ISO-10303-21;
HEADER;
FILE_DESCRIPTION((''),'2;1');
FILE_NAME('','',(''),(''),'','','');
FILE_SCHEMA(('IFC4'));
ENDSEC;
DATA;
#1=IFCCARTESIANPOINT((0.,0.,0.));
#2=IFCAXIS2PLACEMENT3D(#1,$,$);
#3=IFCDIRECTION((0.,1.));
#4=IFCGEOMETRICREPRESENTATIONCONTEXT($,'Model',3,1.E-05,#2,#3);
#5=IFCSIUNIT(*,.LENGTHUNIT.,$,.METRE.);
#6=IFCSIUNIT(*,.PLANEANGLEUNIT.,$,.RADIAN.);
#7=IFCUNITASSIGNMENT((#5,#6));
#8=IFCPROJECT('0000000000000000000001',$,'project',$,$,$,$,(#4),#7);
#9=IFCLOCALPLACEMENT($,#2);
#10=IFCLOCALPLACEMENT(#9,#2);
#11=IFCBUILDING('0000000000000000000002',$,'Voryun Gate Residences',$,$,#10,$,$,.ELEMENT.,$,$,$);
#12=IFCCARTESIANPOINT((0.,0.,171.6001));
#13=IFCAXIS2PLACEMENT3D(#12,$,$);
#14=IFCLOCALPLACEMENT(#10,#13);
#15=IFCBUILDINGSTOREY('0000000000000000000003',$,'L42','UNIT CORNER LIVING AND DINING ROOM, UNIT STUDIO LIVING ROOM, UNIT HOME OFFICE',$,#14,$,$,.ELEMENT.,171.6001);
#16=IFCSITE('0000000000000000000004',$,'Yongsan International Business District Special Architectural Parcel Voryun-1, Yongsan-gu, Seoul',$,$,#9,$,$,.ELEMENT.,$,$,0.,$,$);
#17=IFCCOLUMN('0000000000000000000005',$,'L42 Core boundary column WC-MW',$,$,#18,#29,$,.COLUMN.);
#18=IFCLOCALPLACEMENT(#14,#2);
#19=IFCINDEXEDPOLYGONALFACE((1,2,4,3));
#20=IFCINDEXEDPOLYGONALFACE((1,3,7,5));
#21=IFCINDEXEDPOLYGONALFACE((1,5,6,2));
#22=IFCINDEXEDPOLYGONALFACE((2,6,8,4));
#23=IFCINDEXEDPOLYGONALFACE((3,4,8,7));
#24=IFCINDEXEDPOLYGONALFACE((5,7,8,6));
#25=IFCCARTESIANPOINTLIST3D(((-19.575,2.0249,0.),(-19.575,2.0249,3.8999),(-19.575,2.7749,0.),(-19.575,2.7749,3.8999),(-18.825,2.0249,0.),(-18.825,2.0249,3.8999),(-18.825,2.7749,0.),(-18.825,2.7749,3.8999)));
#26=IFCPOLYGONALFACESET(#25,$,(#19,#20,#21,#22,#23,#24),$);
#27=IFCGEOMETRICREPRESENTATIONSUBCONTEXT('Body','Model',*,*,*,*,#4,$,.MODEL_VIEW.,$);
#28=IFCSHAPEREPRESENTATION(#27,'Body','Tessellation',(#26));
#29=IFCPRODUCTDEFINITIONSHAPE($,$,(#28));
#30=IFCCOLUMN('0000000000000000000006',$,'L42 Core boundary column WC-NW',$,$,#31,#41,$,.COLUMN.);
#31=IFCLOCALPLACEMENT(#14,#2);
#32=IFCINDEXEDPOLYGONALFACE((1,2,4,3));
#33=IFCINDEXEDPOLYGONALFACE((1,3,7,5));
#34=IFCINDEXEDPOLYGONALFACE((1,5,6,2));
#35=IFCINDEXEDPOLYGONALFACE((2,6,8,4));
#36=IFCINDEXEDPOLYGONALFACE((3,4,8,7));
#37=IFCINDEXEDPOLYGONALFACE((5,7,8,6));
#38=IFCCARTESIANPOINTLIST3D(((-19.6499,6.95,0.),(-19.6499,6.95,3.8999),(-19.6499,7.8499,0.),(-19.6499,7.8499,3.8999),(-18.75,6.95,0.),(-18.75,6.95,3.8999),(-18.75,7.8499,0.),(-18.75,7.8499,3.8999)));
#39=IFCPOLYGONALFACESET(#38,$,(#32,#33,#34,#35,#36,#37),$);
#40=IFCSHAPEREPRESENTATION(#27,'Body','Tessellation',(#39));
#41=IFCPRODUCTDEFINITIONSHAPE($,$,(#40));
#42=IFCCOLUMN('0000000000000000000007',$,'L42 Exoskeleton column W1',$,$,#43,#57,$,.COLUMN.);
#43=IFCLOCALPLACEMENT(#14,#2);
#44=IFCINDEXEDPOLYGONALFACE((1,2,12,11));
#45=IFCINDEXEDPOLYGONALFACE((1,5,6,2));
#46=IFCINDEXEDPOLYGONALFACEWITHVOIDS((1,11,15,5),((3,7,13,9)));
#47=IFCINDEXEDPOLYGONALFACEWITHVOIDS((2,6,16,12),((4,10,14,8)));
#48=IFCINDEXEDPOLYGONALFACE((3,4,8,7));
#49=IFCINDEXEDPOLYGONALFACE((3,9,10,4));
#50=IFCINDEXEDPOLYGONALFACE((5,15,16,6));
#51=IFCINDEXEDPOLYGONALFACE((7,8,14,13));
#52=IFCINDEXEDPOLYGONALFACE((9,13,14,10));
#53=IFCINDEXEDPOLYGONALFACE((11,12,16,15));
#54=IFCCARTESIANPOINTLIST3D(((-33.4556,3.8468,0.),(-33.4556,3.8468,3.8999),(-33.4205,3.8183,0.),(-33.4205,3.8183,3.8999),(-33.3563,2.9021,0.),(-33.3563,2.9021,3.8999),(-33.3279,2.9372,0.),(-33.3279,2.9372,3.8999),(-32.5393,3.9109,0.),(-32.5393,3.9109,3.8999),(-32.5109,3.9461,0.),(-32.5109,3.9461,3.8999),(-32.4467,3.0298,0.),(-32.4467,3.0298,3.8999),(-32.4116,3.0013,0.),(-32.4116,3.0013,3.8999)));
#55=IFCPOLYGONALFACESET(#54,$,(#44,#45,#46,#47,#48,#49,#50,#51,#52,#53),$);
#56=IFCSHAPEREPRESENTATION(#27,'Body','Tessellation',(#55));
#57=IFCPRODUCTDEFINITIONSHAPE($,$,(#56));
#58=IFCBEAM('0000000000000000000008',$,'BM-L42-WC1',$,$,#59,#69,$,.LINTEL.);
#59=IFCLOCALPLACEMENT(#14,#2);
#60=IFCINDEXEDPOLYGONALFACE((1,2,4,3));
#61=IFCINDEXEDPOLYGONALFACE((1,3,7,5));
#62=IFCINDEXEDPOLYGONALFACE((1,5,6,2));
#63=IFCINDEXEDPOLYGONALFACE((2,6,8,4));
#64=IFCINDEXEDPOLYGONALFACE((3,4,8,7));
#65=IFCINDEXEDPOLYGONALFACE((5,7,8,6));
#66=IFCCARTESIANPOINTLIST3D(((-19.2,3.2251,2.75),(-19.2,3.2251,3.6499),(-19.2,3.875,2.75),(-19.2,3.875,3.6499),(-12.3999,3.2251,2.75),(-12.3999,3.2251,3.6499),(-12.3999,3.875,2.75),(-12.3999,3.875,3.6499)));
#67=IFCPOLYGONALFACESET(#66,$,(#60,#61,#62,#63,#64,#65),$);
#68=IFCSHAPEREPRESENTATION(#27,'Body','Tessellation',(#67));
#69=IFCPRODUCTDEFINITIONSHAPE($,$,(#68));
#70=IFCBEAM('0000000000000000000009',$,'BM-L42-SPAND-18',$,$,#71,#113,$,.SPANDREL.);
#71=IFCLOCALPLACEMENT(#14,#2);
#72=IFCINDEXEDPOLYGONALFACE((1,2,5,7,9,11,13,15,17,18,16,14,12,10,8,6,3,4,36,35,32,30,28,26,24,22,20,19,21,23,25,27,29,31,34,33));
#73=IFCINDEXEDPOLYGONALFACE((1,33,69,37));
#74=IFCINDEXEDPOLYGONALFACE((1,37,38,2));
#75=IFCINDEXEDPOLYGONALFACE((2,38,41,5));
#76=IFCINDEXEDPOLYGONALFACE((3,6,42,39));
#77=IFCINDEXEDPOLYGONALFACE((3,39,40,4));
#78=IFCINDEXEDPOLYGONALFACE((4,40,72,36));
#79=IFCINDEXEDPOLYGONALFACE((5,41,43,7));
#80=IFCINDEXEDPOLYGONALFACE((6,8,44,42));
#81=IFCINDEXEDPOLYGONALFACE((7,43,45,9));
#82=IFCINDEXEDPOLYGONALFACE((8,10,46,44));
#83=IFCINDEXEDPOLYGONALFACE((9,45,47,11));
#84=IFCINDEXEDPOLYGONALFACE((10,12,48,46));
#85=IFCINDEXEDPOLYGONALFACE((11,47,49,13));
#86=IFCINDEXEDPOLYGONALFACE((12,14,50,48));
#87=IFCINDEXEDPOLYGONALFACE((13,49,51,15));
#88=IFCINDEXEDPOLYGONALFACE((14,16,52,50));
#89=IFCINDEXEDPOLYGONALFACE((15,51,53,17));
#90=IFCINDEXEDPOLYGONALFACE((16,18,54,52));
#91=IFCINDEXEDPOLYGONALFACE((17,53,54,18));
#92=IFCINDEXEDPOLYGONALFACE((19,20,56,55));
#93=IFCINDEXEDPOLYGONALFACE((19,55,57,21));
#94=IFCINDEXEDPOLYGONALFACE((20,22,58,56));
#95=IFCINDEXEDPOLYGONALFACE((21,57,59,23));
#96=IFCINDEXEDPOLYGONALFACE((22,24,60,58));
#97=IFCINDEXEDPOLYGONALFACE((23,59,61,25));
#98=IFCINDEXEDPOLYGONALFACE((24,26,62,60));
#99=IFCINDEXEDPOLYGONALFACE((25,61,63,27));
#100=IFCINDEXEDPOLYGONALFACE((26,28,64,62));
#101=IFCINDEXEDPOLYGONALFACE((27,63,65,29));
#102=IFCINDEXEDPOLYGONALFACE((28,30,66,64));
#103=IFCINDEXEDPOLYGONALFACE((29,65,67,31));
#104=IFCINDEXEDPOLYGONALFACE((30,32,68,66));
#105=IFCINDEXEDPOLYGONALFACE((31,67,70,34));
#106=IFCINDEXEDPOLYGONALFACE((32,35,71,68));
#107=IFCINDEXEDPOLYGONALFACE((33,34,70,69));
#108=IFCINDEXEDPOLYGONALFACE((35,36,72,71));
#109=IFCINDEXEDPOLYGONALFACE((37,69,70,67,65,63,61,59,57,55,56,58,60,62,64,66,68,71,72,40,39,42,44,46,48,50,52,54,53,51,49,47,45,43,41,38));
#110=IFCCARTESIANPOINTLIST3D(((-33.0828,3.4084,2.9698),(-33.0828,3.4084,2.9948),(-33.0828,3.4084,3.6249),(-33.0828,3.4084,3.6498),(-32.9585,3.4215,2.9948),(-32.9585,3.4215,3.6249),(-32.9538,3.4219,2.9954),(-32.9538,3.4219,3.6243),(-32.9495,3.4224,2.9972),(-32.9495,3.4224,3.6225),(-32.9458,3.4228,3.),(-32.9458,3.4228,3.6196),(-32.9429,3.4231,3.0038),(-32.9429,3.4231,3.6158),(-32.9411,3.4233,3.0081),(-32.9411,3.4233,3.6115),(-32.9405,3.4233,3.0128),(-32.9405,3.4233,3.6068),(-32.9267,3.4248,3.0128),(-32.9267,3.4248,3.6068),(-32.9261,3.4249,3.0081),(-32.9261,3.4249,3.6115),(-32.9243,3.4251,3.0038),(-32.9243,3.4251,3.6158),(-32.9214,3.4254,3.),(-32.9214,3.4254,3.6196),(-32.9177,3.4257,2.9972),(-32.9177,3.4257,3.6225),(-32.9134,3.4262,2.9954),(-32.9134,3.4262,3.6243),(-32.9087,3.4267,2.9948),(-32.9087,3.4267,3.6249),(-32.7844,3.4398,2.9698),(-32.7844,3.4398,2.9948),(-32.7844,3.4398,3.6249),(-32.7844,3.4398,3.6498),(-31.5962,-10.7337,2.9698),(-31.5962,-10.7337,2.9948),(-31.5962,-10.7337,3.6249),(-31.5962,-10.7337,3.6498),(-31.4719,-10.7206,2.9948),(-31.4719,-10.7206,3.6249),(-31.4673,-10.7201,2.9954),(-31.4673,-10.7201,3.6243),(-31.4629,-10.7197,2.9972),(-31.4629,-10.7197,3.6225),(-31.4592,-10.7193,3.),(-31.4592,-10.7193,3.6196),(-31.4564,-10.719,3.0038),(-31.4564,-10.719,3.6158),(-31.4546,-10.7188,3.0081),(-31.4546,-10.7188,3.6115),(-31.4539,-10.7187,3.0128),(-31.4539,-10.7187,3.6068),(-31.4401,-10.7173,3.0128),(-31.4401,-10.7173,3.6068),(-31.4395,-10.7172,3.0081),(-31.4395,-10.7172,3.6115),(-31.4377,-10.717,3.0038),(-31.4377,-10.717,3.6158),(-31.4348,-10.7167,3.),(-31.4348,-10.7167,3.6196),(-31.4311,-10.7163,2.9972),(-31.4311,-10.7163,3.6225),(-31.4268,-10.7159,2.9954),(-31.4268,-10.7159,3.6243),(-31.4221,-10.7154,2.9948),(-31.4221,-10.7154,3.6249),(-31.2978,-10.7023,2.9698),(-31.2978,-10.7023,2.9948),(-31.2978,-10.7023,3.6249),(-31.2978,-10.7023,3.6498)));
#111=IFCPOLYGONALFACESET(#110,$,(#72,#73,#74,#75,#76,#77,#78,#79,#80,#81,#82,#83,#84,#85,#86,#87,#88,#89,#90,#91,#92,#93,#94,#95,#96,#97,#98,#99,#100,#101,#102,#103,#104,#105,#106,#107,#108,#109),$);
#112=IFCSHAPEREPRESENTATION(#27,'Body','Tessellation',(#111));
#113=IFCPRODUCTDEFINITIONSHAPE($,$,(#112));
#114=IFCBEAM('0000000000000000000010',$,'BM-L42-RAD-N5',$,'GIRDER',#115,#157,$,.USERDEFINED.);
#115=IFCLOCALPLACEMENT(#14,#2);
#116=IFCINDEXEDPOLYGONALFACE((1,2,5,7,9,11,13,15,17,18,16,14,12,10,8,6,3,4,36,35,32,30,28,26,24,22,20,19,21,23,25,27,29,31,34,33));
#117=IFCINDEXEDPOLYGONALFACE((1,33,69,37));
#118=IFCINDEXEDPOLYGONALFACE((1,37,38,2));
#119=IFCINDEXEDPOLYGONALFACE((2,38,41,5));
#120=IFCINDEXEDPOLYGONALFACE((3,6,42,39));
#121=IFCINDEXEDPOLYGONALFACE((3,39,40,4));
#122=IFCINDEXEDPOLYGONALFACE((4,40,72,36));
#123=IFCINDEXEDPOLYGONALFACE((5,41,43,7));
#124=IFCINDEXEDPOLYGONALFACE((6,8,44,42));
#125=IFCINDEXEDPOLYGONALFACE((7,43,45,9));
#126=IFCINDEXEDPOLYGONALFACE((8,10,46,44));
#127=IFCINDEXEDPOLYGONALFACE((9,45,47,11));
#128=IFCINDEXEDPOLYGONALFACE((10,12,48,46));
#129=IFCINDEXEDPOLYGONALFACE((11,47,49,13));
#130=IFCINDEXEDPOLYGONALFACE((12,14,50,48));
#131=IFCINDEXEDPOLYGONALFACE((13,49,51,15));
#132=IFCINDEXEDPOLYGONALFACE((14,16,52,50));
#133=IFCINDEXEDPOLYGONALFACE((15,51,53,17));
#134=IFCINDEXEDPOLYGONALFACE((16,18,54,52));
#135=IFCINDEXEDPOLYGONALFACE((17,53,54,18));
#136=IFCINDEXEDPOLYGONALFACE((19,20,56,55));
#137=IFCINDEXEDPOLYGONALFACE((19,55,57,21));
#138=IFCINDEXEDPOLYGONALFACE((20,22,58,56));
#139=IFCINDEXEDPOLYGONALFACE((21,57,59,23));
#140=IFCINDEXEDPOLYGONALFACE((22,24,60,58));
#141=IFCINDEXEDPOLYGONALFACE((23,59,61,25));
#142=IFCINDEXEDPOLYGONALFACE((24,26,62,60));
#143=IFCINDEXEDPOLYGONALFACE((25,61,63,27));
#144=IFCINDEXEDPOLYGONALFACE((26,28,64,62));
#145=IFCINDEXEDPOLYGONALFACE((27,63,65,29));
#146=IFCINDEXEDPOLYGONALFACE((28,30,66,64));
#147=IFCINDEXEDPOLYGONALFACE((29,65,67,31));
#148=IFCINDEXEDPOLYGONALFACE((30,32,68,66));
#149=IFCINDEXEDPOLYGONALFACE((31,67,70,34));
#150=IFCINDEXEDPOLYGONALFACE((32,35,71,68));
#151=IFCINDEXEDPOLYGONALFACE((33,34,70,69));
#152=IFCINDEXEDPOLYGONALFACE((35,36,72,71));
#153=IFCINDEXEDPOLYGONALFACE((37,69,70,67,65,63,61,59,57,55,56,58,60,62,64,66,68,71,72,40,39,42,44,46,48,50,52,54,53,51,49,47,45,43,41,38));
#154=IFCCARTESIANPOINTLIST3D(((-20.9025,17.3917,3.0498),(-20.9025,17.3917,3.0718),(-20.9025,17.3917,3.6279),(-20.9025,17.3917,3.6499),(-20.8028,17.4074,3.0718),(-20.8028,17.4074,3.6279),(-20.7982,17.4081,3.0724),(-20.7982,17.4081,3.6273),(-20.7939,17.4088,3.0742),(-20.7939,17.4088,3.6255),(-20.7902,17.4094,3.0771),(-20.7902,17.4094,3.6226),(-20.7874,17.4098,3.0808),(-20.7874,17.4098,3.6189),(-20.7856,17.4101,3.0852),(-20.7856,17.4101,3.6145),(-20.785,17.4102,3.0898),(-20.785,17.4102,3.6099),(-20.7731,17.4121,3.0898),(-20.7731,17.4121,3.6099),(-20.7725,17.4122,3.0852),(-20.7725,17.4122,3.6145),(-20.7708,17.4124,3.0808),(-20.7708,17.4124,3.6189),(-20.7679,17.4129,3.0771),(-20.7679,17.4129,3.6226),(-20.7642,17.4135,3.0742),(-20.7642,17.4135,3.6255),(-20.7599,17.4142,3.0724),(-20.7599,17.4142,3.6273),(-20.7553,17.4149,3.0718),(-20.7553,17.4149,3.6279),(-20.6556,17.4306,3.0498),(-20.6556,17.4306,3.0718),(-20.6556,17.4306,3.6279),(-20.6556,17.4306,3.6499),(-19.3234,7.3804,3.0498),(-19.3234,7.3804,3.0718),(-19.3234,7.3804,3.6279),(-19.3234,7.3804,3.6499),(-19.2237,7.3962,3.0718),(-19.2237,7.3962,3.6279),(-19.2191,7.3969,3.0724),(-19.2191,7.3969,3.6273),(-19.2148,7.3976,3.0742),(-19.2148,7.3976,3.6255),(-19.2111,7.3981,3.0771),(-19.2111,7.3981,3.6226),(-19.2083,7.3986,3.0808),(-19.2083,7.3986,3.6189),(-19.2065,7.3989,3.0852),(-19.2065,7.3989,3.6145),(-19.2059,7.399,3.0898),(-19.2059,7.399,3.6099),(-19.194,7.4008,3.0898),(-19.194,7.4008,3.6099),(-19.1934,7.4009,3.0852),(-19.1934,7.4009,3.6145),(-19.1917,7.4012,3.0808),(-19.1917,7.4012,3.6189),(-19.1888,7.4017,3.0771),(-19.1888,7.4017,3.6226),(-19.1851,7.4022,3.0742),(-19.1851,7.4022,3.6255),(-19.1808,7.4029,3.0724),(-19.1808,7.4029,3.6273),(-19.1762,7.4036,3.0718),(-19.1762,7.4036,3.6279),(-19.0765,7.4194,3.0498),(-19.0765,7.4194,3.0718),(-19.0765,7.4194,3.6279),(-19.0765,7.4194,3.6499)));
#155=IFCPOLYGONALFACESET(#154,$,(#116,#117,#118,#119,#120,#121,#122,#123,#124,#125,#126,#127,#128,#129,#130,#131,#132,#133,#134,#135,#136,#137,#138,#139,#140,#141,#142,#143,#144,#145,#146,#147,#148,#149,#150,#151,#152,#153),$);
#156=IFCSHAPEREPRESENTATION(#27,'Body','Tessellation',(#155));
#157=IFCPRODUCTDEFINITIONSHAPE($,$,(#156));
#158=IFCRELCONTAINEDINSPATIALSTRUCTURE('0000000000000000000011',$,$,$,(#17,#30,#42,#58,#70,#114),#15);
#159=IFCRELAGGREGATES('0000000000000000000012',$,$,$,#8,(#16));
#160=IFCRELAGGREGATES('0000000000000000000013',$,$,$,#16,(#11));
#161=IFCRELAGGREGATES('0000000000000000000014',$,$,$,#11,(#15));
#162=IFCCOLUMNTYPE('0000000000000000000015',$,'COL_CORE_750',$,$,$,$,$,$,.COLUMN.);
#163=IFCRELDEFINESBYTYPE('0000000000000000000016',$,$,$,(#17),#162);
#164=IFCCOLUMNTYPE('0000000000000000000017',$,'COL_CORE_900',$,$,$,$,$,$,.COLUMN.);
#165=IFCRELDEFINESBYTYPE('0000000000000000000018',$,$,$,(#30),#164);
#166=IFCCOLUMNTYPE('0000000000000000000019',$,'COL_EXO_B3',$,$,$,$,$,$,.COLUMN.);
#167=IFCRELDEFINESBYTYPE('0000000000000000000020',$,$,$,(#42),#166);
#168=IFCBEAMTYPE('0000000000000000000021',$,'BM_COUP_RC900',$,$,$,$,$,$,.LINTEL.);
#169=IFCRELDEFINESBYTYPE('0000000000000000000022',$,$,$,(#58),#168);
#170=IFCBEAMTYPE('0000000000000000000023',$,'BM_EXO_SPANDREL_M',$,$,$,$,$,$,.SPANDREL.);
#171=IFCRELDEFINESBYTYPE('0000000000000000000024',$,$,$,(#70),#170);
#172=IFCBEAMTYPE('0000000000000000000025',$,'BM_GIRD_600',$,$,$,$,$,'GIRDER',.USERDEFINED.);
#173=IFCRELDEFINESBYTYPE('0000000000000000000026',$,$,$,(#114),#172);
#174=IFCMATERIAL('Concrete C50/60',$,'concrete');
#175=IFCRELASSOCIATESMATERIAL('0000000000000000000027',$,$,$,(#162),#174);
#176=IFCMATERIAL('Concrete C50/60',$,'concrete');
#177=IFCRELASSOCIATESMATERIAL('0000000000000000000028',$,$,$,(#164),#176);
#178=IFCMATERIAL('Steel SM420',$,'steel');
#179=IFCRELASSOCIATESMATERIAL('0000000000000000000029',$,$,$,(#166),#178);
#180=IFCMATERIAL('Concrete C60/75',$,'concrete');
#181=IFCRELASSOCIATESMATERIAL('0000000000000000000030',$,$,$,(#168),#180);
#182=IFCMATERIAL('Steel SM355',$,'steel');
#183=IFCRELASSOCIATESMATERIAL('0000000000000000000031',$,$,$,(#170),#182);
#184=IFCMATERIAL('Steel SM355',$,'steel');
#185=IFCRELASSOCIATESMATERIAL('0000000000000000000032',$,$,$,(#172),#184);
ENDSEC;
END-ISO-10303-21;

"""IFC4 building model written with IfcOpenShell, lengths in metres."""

from ifc_helpers import new_model, si_unit, direction, frame, origin, origin_2d, place, context, subcontext, project, spatial, rectangle, hollow_rectangle, i_section, extrude, material, material_profile, profile_set, type_object, element, save


model = new_model("IFC4")

# Units and contexts
model_context = context("Model", 3, precision=1e-05, world=origin(), true_north=direction((0.0, 1.0)))
body_context = subcontext(model_context, "Body", "Model", "MODEL_VIEW")
ifc_project = project(units=[si_unit("LENGTHUNIT", "METRE"), si_unit("PLANEANGLEUNIT", "RADIAN")], contexts=[model_context])

# Site, building, storey
site_placement = place(None, origin())
site = spatial("IfcSite", under=ifc_project, at=site_placement, Name="Yongsan International Business District Special Architectural Parcel Voryun-1, Yongsan-gu, Seoul", CompositionType="ELEMENT", RefElevation=0.0)
building_placement = place(site_placement, origin())
building = spatial("IfcBuilding", under=site, at=building_placement, Name="Voryun Gate Residences", CompositionType="ELEMENT")
storey_placement = place(building_placement, frame((0.0, 0.0, 171.6001)))
storey = spatial("IfcBuildingStorey", under=building, at=storey_placement, Name="L42", Description="UNIT CORNER LIVING AND DINING ROOM, UNIT STUDIO LIVING ROOM, UNIT HOME OFFICE", CompositionType="ELEMENT", Elevation=171.6001)

# Columns
ifc_material_1 = material(Name="Concrete C50/60", Category="concrete")
ifc_material_profile_1 = material_profile(ifc_material_1, rectangle(XDim=0.75, YDim=0.75, at=origin_2d()), Name="RC-750x750")
ifc_profile_set_1 = profile_set([ifc_material_profile_1], Name="Concrete C50/60")
column_type_1 = type_object("IfcColumnType", Name="COL_CORE_750", PredefinedType="COLUMN", material=ifc_profile_set_1)
column_1_placement = place(storey_placement, frame((-19.2, 2.3999, 0.0), z_axis=(0.0, 0.0, 1.0), x_axis=(1.0, 0.0, 0.0)))
element("IfcColumn", 1, at=column_1_placement, inside=storey, type_object=column_type_1, Name="L42 Core boundary column WC-MW", PredefinedType="COLUMN", context=body_context, shape_type="SweptSolid", body=[
    extrude(rectangle(XDim=0.75, YDim=0.75, at=origin_2d()), origin(), (0.0, 0.0, 1.0), 3.8999),
])
ifc_material_2 = material(Name="Concrete C50/60", Category="concrete")
ifc_material_profile_2 = material_profile(ifc_material_2, rectangle(XDim=0.8999, YDim=0.8999, at=origin_2d()), Name="RC-900x900")
ifc_profile_set_2 = profile_set([ifc_material_profile_2], Name="Concrete C50/60")
column_type_2 = type_object("IfcColumnType", Name="COL_CORE_900", PredefinedType="COLUMN", material=ifc_profile_set_2)
column_2_placement = place(storey_placement, frame((-19.2, 7.3999, 0.0), z_axis=(0.0, 0.0, 1.0), x_axis=(1.0, 0.0, 0.0)))
element("IfcColumn", 2, at=column_2_placement, inside=storey, type_object=column_type_2, Name="L42 Core boundary column WC-NW", PredefinedType="COLUMN", context=body_context, shape_type="SweptSolid", body=[
    extrude(rectangle(XDim=0.8999, YDim=0.8999, at=origin_2d()), origin(), (0.0, 0.0, 1.0), 3.8999),
])
ifc_material_3 = material(Name="Steel SM420", Category="steel")
ifc_material_profile_3 = material_profile(ifc_material_3, hollow_rectangle(XDim=0.95, YDim=0.95, WallThickness=0.032, at=origin_2d()), Name="BOX-950x950x32")
ifc_profile_set_3 = profile_set([ifc_material_profile_3], Name="Steel SM420")
column_type_3 = type_object("IfcColumnType", Name="COL_EXO_B3", PredefinedType="COLUMN", material=ifc_profile_set_3)
column_3_placement = place(storey_placement, frame((-32.9336, 3.4241, 0.0), z_axis=(0.0, 0.0, 1.0), x_axis=(0.994522, 0.104528, 0.0)))
element("IfcColumn", 3, at=column_3_placement, inside=storey, type_object=column_type_3, Name="L42 Exoskeleton column W1", PredefinedType="COLUMN", context=body_context, shape_type="SweptSolid", body=[
    extrude(hollow_rectangle(XDim=0.95, YDim=0.95, WallThickness=0.032, at=origin_2d()), origin(), (0.0, 0.0, 1.0), 3.8999),
])

# Beams
ifc_material_4 = material(Name="Concrete C60/75", Category="concrete")
ifc_material_profile_4 = material_profile(ifc_material_4, rectangle(XDim=0.6499, YDim=0.8999, at=origin_2d()), Name="RC-650x900")
ifc_profile_set_4 = profile_set([ifc_material_profile_4], Name="Concrete C60/75")
beam_type_1 = type_object("IfcBeamType", Name="BM_COUP_RC900", PredefinedType="LINTEL", material=ifc_profile_set_4)
beam_1_placement = place(storey_placement, frame((-19.2, 3.55, 3.2), z_axis=(1.0, 0.0, 0.0), x_axis=(0.0, 1.0, 0.0)))
element("IfcBeam", 4, at=beam_1_placement, inside=storey, type_object=beam_type_1, Name="BM-L42-WC1", PredefinedType="LINTEL", context=body_context, shape_type="SweptSolid", body=[
    extrude(rectangle(XDim=0.6499, YDim=0.8999, at=origin_2d()), origin(), (0.0, 0.0, 1.0), 6.8),
])
ifc_material_5 = material(Name="Steel SM355", Category="steel")
ifc_material_profile_5 = material_profile(ifc_material_5, i_section(OverallWidth=0.3, OverallDepth=0.6799, WebThickness=0.0139, FlangeThickness=0.0249, FilletRadius=0.0181, at=origin_2d()), Name="H-680x300x14x25")
ifc_profile_set_5 = profile_set([ifc_material_profile_5], Name="Steel SM355")
beam_type_2 = type_object("IfcBeamType", Name="BM_EXO_SPANDREL_M", PredefinedType="SPANDREL", material=ifc_profile_set_5)
beam_2_placement = place(storey_placement, frame((-32.9336, 3.4241, 3.3098), z_axis=(0.104541, -0.994521, 0.0), x_axis=(0.994521, 0.104541, 0.0)))
element("IfcBeam", 5, at=beam_2_placement, inside=storey, type_object=beam_type_2, Name="BM-L42-SPAND-18", PredefinedType="SPANDREL", context=body_context, shape_type="SweptSolid", body=[
    extrude(i_section(OverallWidth=0.3, OverallDepth=0.6799, WebThickness=0.0139, FlangeThickness=0.0249, FilletRadius=0.0181, at=origin_2d()), origin(), (0.0, 0.0, 1.0), 14.22),
])
ifc_material_6 = material(Name="Steel SM355", Category="steel")
ifc_material_profile_6 = material_profile(ifc_material_6, i_section(OverallWidth=0.25, OverallDepth=0.6001, WebThickness=0.012, FlangeThickness=0.022, FilletRadius=0.0181, at=origin_2d()), Name="H-600x250x12x22")
ifc_profile_set_6 = profile_set([ifc_material_profile_6], Name="Steel SM355")
beam_type_3 = type_object("IfcBeamType", Name="BM_GIRD_600", ElementType="GIRDER", PredefinedType="USERDEFINED", material=ifc_profile_set_6)
beam_3_placement = place(storey_placement, frame((-19.2, 7.3999, 3.3499), z_axis=(-0.155807, 0.987788, 0.0), x_axis=(-0.987788, -0.155807, 0.0)))
element("IfcBeam", 6, at=beam_3_placement, inside=storey, type_object=beam_type_3, Name="BM-L42-RAD-N5", ObjectType="GIRDER", PredefinedType="USERDEFINED", context=body_context, shape_type="SweptSolid", body=[
    extrude(i_section(OverallWidth=0.25, OverallDepth=0.6001, WebThickness=0.012, FlangeThickness=0.022, FilletRadius=0.0181, at=origin_2d()), origin(), (0.0, 0.0, 1.0), 10.135),
])

save(model, "model.ifc")
